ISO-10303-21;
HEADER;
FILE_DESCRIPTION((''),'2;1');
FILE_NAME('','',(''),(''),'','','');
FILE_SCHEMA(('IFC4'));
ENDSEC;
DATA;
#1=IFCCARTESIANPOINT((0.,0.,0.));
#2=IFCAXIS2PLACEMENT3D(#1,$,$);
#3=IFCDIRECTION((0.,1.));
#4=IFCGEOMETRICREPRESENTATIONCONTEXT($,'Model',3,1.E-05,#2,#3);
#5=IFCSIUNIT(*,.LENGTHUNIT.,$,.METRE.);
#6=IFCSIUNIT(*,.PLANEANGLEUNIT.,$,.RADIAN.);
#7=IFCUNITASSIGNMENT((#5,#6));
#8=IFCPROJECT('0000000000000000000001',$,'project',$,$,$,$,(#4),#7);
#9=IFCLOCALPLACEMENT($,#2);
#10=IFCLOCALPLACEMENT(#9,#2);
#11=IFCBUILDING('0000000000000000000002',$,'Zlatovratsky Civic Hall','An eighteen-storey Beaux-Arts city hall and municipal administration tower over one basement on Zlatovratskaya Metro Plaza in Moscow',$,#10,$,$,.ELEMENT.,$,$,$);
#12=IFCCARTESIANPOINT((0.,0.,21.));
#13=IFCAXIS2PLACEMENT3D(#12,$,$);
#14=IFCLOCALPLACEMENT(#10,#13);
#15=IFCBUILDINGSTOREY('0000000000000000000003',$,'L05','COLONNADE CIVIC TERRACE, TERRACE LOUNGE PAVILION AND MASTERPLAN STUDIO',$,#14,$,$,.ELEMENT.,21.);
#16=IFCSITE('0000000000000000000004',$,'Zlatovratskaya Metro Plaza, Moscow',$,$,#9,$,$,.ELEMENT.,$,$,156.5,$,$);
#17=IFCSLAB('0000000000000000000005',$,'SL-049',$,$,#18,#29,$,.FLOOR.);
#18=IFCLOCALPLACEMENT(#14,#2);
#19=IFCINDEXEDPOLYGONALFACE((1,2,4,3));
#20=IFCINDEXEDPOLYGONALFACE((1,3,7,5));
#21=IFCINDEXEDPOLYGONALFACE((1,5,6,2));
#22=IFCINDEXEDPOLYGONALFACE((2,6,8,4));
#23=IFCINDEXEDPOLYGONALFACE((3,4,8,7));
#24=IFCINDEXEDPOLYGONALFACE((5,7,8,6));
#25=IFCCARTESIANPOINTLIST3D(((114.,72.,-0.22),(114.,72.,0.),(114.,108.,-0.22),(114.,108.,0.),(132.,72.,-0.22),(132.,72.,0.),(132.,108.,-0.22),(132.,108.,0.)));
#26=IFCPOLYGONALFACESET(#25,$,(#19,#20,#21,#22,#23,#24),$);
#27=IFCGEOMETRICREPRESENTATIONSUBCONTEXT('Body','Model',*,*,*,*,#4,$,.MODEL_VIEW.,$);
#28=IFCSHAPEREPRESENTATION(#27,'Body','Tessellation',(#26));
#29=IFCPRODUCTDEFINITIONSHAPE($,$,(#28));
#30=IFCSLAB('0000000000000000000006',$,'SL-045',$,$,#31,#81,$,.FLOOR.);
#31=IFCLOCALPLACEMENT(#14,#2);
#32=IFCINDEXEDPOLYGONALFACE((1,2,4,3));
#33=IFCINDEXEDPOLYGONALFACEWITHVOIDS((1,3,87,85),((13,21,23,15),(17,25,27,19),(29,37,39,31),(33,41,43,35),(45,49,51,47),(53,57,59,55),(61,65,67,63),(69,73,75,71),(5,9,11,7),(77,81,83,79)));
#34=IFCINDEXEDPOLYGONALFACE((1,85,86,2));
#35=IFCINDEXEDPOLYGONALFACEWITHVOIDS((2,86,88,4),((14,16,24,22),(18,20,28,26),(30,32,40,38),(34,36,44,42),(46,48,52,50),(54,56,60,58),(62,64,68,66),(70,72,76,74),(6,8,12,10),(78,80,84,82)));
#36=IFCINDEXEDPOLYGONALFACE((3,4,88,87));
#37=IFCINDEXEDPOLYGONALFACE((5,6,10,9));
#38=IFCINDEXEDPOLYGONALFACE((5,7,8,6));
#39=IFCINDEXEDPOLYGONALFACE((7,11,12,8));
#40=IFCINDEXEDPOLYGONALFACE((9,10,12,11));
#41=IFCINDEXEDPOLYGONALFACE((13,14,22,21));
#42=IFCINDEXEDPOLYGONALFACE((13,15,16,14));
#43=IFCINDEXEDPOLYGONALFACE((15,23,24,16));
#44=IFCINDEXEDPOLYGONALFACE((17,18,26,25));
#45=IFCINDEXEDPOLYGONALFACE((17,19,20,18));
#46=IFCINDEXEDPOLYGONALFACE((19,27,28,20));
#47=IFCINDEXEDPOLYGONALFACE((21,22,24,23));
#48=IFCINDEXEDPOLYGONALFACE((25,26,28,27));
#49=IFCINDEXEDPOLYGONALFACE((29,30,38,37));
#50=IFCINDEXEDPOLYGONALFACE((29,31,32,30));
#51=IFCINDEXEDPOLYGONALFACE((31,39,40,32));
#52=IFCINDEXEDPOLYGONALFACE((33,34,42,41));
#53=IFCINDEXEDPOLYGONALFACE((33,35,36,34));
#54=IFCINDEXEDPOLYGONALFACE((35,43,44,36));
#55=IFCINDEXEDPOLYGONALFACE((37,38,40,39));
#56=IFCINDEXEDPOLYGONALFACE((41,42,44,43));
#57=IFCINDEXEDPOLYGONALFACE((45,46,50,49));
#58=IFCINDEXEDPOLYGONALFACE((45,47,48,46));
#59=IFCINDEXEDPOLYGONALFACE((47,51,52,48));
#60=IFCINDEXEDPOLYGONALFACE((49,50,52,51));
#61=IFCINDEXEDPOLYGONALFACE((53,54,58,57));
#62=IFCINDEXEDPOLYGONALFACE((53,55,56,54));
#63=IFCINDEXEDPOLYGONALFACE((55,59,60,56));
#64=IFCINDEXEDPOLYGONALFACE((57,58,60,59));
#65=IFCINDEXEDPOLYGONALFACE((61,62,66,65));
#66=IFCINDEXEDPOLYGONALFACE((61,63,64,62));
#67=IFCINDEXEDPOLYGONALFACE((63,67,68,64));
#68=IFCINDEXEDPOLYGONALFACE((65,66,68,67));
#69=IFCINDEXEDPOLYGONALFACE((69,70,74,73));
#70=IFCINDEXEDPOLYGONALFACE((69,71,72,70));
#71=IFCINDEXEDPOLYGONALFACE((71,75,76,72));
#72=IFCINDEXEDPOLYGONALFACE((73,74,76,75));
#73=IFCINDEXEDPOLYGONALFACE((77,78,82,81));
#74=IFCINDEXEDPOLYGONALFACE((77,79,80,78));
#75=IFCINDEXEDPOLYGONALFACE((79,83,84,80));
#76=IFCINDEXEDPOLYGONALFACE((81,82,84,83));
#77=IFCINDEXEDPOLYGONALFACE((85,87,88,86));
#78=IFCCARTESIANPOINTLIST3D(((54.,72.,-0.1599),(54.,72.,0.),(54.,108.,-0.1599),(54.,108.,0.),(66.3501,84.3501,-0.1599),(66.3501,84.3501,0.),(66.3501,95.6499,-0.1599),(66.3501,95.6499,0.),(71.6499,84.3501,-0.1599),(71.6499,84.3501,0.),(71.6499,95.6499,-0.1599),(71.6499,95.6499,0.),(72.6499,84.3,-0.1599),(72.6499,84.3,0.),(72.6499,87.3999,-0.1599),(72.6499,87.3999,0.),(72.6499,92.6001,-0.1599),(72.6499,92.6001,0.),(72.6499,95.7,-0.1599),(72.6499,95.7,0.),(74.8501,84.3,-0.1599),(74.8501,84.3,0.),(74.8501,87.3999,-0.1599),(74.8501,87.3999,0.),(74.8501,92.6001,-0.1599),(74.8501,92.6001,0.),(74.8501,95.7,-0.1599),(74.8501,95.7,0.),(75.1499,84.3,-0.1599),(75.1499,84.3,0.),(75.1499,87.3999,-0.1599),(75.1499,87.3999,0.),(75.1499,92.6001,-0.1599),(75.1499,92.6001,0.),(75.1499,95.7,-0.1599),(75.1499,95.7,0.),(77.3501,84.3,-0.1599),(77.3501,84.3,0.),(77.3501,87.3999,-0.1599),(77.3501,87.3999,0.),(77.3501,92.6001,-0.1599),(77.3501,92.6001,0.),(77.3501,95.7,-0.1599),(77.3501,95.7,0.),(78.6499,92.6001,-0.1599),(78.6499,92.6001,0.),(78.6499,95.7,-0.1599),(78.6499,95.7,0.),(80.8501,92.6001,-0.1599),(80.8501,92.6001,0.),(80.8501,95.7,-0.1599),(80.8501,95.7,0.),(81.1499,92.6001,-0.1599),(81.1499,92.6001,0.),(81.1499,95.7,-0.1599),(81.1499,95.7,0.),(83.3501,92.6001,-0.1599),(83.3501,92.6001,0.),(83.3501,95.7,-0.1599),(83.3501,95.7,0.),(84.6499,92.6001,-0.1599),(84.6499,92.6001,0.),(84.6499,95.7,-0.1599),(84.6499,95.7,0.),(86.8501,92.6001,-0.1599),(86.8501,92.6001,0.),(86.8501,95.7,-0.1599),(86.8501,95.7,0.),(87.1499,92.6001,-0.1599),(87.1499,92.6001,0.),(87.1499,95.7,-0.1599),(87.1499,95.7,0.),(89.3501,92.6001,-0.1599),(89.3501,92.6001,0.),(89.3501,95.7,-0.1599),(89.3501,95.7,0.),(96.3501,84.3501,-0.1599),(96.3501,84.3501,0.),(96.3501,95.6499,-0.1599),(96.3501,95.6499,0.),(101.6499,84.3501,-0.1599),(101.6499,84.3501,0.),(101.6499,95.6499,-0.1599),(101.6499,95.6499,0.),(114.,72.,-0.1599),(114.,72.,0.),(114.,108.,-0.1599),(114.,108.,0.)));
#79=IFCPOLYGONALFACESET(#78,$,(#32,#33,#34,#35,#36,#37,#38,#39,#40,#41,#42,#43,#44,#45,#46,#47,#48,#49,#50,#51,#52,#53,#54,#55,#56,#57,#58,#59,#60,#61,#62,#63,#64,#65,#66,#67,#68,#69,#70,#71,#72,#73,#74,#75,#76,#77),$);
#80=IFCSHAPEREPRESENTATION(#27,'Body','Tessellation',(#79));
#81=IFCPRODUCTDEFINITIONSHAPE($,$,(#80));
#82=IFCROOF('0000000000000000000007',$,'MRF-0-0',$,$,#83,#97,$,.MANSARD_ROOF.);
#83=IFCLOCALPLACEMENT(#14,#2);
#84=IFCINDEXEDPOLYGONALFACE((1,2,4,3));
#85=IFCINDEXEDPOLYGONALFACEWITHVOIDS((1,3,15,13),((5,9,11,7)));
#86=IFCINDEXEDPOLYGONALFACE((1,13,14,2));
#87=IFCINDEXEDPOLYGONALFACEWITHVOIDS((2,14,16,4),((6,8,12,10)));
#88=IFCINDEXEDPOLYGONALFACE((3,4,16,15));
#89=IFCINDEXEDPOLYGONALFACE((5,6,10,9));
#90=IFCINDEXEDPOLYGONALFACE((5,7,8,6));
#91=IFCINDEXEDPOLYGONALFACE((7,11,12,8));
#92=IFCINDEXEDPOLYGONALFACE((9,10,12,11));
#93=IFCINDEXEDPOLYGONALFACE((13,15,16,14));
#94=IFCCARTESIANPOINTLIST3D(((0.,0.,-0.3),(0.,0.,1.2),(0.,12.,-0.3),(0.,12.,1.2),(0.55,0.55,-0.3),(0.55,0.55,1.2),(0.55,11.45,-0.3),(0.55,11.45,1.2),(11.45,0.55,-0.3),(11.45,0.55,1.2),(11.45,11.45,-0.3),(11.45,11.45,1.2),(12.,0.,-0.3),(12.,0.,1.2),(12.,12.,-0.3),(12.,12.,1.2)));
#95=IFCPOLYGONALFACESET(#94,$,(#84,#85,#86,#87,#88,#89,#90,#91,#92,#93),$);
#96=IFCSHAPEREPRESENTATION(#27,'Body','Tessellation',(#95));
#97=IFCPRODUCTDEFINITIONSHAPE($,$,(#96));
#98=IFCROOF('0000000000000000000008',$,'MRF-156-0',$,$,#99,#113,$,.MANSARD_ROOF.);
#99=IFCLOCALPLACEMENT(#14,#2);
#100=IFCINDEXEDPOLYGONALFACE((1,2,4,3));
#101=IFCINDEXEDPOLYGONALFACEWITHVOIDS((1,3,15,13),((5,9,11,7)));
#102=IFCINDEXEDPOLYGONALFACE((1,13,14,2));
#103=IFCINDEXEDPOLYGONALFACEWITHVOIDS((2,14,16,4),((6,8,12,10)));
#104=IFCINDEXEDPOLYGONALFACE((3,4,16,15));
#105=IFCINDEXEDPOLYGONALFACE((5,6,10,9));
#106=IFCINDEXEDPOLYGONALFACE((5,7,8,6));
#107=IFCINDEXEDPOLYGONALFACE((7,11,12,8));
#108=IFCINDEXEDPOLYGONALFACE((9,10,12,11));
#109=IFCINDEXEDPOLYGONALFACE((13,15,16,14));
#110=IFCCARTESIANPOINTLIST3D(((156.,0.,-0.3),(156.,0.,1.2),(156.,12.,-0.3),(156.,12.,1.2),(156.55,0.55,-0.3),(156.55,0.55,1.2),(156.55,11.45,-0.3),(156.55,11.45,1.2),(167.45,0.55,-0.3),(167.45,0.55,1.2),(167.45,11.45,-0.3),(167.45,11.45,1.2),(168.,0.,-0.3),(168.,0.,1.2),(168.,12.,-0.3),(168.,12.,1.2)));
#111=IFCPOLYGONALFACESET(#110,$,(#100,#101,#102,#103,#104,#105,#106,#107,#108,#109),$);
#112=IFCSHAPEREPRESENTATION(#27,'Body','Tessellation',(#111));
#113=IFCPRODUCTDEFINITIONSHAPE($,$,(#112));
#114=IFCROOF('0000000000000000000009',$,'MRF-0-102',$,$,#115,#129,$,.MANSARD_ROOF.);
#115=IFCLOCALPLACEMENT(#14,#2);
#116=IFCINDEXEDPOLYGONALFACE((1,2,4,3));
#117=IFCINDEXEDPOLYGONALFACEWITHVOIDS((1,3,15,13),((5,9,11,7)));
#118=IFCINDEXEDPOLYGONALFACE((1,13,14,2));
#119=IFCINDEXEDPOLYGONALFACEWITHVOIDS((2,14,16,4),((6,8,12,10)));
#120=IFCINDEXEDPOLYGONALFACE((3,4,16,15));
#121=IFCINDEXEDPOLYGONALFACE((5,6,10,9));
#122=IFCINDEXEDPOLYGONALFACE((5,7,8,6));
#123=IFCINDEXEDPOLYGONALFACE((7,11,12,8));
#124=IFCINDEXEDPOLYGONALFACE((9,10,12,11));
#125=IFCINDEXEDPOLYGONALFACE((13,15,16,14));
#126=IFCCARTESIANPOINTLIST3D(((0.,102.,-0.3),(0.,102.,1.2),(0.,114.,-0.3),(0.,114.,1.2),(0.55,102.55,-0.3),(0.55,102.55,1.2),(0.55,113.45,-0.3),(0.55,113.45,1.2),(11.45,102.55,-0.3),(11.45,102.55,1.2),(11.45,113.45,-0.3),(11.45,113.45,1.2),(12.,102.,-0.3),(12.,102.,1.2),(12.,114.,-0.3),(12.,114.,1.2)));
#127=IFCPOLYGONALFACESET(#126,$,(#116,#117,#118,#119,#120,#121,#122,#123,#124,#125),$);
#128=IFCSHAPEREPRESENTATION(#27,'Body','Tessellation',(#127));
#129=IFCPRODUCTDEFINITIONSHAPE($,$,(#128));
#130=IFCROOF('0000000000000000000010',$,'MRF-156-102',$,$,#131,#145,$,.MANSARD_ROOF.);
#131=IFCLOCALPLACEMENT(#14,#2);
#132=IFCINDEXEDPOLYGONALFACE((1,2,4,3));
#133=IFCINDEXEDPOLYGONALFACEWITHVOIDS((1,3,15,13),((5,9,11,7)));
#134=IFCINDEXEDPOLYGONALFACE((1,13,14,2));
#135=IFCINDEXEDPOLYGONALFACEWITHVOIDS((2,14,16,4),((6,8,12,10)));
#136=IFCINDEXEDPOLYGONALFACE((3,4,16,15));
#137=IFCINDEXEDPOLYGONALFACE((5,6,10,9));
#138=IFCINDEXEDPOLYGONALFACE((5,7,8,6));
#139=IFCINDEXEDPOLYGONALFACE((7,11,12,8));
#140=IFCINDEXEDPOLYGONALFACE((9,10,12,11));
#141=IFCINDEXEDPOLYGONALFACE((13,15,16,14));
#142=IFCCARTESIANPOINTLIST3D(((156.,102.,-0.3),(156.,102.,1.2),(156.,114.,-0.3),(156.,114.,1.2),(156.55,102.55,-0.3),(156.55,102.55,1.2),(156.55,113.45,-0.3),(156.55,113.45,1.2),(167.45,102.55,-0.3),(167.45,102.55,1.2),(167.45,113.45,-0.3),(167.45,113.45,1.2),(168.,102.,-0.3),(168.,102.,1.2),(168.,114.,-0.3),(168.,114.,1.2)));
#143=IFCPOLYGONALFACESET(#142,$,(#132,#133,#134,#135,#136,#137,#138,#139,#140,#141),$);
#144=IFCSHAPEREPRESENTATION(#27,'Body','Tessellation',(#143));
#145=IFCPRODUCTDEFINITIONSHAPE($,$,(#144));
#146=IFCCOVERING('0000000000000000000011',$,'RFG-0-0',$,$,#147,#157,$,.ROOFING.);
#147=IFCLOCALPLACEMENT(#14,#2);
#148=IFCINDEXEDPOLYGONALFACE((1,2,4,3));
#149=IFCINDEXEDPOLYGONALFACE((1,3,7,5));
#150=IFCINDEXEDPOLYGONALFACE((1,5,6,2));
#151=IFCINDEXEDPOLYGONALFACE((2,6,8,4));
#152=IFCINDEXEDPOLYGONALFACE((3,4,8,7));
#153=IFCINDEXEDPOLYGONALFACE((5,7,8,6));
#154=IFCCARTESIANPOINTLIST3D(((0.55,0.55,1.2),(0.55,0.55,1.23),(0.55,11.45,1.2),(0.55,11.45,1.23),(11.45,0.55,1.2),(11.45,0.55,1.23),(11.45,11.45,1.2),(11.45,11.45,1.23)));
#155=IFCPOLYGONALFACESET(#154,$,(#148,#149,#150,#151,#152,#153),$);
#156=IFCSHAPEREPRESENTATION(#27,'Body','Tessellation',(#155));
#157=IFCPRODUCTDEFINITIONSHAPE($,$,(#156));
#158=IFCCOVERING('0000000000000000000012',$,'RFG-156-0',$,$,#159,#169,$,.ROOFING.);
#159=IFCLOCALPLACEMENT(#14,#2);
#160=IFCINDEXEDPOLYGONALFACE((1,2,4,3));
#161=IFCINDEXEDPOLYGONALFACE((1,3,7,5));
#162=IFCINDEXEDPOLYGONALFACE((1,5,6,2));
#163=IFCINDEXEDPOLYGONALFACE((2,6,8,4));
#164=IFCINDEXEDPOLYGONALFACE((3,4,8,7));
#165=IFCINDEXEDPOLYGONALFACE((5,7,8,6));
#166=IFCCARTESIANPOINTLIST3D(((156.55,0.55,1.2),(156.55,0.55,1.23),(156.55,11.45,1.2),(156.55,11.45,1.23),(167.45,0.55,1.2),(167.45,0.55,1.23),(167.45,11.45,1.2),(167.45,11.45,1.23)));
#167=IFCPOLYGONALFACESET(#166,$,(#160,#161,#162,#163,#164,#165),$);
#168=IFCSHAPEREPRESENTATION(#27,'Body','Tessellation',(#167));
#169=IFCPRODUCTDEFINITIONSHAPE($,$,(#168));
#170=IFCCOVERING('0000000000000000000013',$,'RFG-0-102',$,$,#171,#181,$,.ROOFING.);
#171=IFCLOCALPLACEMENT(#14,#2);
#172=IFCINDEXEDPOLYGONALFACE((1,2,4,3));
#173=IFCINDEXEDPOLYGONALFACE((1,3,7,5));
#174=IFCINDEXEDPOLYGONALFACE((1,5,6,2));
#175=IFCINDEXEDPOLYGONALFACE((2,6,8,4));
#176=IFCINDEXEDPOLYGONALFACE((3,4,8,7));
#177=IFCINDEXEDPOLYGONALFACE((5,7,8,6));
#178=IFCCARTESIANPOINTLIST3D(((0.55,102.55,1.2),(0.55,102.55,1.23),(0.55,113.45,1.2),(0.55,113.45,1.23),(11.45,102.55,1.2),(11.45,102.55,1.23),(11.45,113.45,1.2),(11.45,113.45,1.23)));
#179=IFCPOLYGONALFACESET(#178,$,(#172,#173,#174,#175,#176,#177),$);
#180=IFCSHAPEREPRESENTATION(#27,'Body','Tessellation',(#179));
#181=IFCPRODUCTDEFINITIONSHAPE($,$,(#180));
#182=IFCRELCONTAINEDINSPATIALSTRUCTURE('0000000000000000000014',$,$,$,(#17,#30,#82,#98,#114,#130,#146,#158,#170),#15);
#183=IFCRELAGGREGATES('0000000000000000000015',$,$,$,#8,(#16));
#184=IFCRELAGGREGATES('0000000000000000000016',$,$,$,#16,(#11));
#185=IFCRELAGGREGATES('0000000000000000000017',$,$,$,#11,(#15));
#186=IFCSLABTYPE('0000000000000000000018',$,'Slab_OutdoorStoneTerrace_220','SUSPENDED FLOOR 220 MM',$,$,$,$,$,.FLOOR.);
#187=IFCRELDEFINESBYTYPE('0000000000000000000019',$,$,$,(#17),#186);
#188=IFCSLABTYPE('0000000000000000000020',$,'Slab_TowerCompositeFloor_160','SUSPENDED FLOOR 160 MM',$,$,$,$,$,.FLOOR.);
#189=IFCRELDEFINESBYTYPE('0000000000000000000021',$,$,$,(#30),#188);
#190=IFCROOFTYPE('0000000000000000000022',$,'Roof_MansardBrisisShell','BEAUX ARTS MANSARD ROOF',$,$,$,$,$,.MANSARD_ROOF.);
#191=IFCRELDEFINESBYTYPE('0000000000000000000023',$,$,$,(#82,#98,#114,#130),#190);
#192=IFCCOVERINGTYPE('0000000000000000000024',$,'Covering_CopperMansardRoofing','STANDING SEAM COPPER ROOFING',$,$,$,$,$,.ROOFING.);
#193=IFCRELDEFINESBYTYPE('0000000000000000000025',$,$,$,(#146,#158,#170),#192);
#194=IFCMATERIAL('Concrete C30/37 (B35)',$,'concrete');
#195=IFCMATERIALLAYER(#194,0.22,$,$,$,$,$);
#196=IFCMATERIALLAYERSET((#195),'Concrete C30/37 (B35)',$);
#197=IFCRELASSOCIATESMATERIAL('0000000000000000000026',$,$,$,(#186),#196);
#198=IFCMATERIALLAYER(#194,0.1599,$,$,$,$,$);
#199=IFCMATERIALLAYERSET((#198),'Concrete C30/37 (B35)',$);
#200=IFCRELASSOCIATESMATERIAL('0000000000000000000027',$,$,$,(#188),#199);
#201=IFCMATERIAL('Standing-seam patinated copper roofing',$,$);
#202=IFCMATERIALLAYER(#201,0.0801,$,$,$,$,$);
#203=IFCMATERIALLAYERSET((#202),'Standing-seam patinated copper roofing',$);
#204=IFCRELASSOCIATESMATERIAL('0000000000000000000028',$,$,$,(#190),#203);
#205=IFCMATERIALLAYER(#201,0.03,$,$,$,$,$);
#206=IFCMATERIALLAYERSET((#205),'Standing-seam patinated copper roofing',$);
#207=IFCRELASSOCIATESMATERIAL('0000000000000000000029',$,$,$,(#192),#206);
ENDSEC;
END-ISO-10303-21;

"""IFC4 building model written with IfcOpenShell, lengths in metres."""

from ifc_helpers import new_model, si_unit, direction, frame, origin, place, context, subcontext, project, spatial, polyline, outline, extrude, material, layer, layer_set, type_object, element, save


model = new_model("IFC4")

# Units and contexts
model_context = context("Model", 3, precision=1e-05, world=origin(), true_north=direction((0.0, 1.0)))
body_context = subcontext(model_context, "Body", "Model", "MODEL_VIEW")
ifc_project = project(units=[si_unit("LENGTHUNIT", "METRE"), si_unit("PLANEANGLEUNIT", "RADIAN")], contexts=[model_context])

# Site, building, storey
site_placement = place(None, origin())
site = spatial("IfcSite", under=ifc_project, at=site_placement, Name="Zlatovratskaya Metro Plaza, Moscow", CompositionType="ELEMENT", RefElevation=156.5)
building_placement = place(site_placement, origin())
building = spatial("IfcBuilding", under=site, at=building_placement, Name="Zlatovratsky Civic Hall", Description="An eighteen-storey Beaux-Arts city hall and municipal administration tower over one basement on Zlatovratskaya Metro Plaza in Moscow", CompositionType="ELEMENT")
storey_placement = place(building_placement, frame((0.0, 0.0, 21.0)))
storey = spatial("IfcBuildingStorey", under=building, at=storey_placement, Name="L05", Description="COLONNADE CIVIC TERRACE, TERRACE LOUNGE PAVILION AND MASTERPLAN STUDIO", CompositionType="ELEMENT", Elevation=21.0)

# Slabs
ifc_material_1 = material(Name="Concrete C30/37 (B35)", Category="concrete")
ifc_layer_1 = layer(ifc_material_1, 0.22)
ifc_layer_set_1 = layer_set([ifc_layer_1], Name="Concrete C30/37 (B35)")
slab_type_1 = type_object("IfcSlabType", Name="Slab_OutdoorStoneTerrace_220", Description="SUSPENDED FLOOR 220 MM", PredefinedType="FLOOR", material=ifc_layer_set_1)
slab_1_placement = place(storey_placement, frame((0.0, 0.0, -0.22)))
element("IfcSlab", 1, at=slab_1_placement, inside=storey, type_object=slab_type_1, Name="SL-049", PredefinedType="FLOOR", context=body_context, shape_type="SweptSolid", body=[
    extrude(outline(polyline([(114.0, 72.0), (132.0, 72.0), (132.0, 108.0), (114.0, 108.0), (114.0, 72.0)])), origin(), (0.0, 0.0, 1.0), 0.22),
])
ifc_layer_2 = layer(ifc_material_1, 0.1599)
ifc_layer_set_2 = layer_set([ifc_layer_2], Name="Concrete C30/37 (B35)")
slab_type_2 = type_object("IfcSlabType", Name="Slab_TowerCompositeFloor_160", Description="SUSPENDED FLOOR 160 MM", PredefinedType="FLOOR", material=ifc_layer_set_2)
slab_2_placement = place(storey_placement, frame((0.0, 0.0, -0.1599)))
element("IfcSlab", 2, at=slab_2_placement, inside=storey, type_object=slab_type_2, Name="SL-045", PredefinedType="FLOOR", context=body_context, shape_type="SweptSolid", body=[
    extrude(outline(polyline([(54.0, 72.0), (114.0, 72.0), (114.0, 108.0), (54.0, 108.0), (54.0, 72.0)]), holes=[polyline([(66.3501, 84.3501), (71.6499, 84.3501), (71.6499, 95.6499), (66.3501, 95.6499), (66.3501, 84.3501)]), polyline([(96.3501, 84.3501), (101.6499, 84.3501), (101.6499, 95.6499), (96.3501, 95.6499), (96.3501, 84.3501)]), polyline([(72.6499, 84.3), (74.8501, 84.3), (74.8501, 87.3999), (72.6499, 87.3999), (72.6499, 84.3)]), polyline([(75.1499, 84.3), (77.3501, 84.3), (77.3501, 87.3999), (75.1499, 87.3999), (75.1499, 84.3)]), polyline([(72.6499, 92.6001), (74.8501, 92.6001), (74.8501, 95.7), (72.6499, 95.7), (72.6499, 92.6001)]), polyline([(75.1499, 92.6001), (77.3501, 92.6001), (77.3501, 95.7), (75.1499, 95.7), (75.1499, 92.6001)]), polyline([(78.6499, 92.6001), (80.8501, 92.6001), (80.8501, 95.7), (78.6499, 95.7), (78.6499, 92.6001)]), polyline([(81.1499, 92.6001), (83.3501, 92.6001), (83.3501, 95.7), (81.1499, 95.7), (81.1499, 92.6001)]), polyline([(84.6499, 92.6001), (86.8501, 92.6001), (86.8501, 95.7), (84.6499, 95.7), (84.6499, 92.6001)]), polyline([(87.1499, 92.6001), (89.3501, 92.6001), (89.3501, 95.7), (87.1499, 95.7), (87.1499, 92.6001)])]), origin(), (0.0, 0.0, 1.0), 0.1599),
])

# Roofs
ifc_material_2 = material(Name="Standing-seam patinated copper roofing")
ifc_layer_3 = layer(ifc_material_2, 0.0801)
ifc_layer_set_3 = layer_set([ifc_layer_3], Name="Standing-seam patinated copper roofing")
roof_type = type_object("IfcRoofType", Name="Roof_MansardBrisisShell", Description="BEAUX ARTS MANSARD ROOF", PredefinedType="MANSARD_ROOF", material=ifc_layer_set_3)
roof_1_placement = place(storey_placement, frame((0.0, 0.0, -0.3)))
element("IfcRoof", 3, at=roof_1_placement, inside=storey, type_object=roof_type, Name="MRF-0-0", PredefinedType="MANSARD_ROOF", context=body_context, shape_type="SweptSolid", body=[
    extrude(outline(polyline([(0.0, 0.0), (12.0, 0.0), (12.0, 12.0), (0.0, 12.0), (0.0, 0.0)]), holes=[polyline([(0.55, 0.55), (11.45, 0.55), (11.45, 11.45), (0.55, 11.45), (0.55, 0.55)])]), origin(), (0.0, 0.0, 1.0), 1.5),
])
roof_2_placement = place(storey_placement, frame((0.0, 0.0, -0.3)))
element("IfcRoof", 4, at=roof_2_placement, inside=storey, type_object=roof_type, Name="MRF-156-0", PredefinedType="MANSARD_ROOF", context=body_context, shape_type="SweptSolid", body=[
    extrude(outline(polyline([(156.0, 0.0), (168.0, 0.0), (168.0, 12.0), (156.0, 12.0), (156.0, 0.0)]), holes=[polyline([(156.55, 0.55), (167.45, 0.55), (167.45, 11.45), (156.55, 11.45), (156.55, 0.55)])]), origin(), (0.0, 0.0, 1.0), 1.5),
])
roof_3_placement = place(storey_placement, frame((0.0, 0.0, -0.3)))
element("IfcRoof", 5, at=roof_3_placement, inside=storey, type_object=roof_type, Name="MRF-0-102", PredefinedType="MANSARD_ROOF", context=body_context, shape_type="SweptSolid", body=[
    extrude(outline(polyline([(0.0, 102.0), (12.0, 102.0), (12.0, 114.0), (0.0, 114.0), (0.0, 102.0)]), holes=[polyline([(0.55, 102.55), (11.45, 102.55), (11.45, 113.45), (0.55, 113.45), (0.55, 102.55)])]), origin(), (0.0, 0.0, 1.0), 1.5),
])
roof_4_placement = place(storey_placement, frame((0.0, 0.0, -0.3)))
element("IfcRoof", 6, at=roof_4_placement, inside=storey, type_object=roof_type, Name="MRF-156-102", PredefinedType="MANSARD_ROOF", context=body_context, shape_type="SweptSolid", body=[
    extrude(outline(polyline([(156.0, 102.0), (168.0, 102.0), (168.0, 114.0), (156.0, 114.0), (156.0, 102.0)]), holes=[polyline([(156.55, 102.55), (167.45, 102.55), (167.45, 113.45), (156.55, 113.45), (156.55, 102.55)])]), origin(), (0.0, 0.0, 1.0), 1.5),
])

# Coverings
ifc_layer_4 = layer(ifc_material_2, 0.03)
ifc_layer_set_4 = layer_set([ifc_layer_4], Name="Standing-seam patinated copper roofing")
covering_type = type_object("IfcCoveringType", Name="Covering_CopperMansardRoofing", Description="STANDING SEAM COPPER ROOFING", PredefinedType="ROOFING", material=ifc_layer_set_4)
covering_1_placement = place(storey_placement, frame((0.0, 0.0, 1.2)))
element("IfcCovering", 7, at=covering_1_placement, inside=storey, type_object=covering_type, Name="RFG-0-0", PredefinedType="ROOFING", context=body_context, shape_type="SweptSolid", body=[
    extrude(outline(polyline([(0.55, 0.55), (11.45, 0.55), (11.45, 11.45), (0.55, 11.45), (0.55, 0.55)])), origin(), (0.0, 0.0, 1.0), 0.03),
])
covering_2_placement = place(storey_placement, frame((0.0, 0.0, 1.2)))
element("IfcCovering", 8, at=covering_2_placement, inside=storey, type_object=covering_type, Name="RFG-156-0", PredefinedType="ROOFING", context=body_context, shape_type="SweptSolid", body=[
    extrude(outline(polyline([(156.55, 0.55), (167.45, 0.55), (167.45, 11.45), (156.55, 11.45), (156.55, 0.55)])), origin(), (0.0, 0.0, 1.0), 0.03),
])
covering_3_placement = place(storey_placement, frame((0.0, 0.0, 1.2)))
element("IfcCovering", 9, at=covering_3_placement, inside=storey, type_object=covering_type, Name="RFG-0-102", PredefinedType="ROOFING", context=body_context, shape_type="SweptSolid", body=[
    extrude(outline(polyline([(0.55, 102.55), (11.45, 102.55), (11.45, 113.45), (0.55, 113.45), (0.55, 102.55)])), origin(), (0.0, 0.0, 1.0), 0.03),
])

save(model, "model.ifc")
